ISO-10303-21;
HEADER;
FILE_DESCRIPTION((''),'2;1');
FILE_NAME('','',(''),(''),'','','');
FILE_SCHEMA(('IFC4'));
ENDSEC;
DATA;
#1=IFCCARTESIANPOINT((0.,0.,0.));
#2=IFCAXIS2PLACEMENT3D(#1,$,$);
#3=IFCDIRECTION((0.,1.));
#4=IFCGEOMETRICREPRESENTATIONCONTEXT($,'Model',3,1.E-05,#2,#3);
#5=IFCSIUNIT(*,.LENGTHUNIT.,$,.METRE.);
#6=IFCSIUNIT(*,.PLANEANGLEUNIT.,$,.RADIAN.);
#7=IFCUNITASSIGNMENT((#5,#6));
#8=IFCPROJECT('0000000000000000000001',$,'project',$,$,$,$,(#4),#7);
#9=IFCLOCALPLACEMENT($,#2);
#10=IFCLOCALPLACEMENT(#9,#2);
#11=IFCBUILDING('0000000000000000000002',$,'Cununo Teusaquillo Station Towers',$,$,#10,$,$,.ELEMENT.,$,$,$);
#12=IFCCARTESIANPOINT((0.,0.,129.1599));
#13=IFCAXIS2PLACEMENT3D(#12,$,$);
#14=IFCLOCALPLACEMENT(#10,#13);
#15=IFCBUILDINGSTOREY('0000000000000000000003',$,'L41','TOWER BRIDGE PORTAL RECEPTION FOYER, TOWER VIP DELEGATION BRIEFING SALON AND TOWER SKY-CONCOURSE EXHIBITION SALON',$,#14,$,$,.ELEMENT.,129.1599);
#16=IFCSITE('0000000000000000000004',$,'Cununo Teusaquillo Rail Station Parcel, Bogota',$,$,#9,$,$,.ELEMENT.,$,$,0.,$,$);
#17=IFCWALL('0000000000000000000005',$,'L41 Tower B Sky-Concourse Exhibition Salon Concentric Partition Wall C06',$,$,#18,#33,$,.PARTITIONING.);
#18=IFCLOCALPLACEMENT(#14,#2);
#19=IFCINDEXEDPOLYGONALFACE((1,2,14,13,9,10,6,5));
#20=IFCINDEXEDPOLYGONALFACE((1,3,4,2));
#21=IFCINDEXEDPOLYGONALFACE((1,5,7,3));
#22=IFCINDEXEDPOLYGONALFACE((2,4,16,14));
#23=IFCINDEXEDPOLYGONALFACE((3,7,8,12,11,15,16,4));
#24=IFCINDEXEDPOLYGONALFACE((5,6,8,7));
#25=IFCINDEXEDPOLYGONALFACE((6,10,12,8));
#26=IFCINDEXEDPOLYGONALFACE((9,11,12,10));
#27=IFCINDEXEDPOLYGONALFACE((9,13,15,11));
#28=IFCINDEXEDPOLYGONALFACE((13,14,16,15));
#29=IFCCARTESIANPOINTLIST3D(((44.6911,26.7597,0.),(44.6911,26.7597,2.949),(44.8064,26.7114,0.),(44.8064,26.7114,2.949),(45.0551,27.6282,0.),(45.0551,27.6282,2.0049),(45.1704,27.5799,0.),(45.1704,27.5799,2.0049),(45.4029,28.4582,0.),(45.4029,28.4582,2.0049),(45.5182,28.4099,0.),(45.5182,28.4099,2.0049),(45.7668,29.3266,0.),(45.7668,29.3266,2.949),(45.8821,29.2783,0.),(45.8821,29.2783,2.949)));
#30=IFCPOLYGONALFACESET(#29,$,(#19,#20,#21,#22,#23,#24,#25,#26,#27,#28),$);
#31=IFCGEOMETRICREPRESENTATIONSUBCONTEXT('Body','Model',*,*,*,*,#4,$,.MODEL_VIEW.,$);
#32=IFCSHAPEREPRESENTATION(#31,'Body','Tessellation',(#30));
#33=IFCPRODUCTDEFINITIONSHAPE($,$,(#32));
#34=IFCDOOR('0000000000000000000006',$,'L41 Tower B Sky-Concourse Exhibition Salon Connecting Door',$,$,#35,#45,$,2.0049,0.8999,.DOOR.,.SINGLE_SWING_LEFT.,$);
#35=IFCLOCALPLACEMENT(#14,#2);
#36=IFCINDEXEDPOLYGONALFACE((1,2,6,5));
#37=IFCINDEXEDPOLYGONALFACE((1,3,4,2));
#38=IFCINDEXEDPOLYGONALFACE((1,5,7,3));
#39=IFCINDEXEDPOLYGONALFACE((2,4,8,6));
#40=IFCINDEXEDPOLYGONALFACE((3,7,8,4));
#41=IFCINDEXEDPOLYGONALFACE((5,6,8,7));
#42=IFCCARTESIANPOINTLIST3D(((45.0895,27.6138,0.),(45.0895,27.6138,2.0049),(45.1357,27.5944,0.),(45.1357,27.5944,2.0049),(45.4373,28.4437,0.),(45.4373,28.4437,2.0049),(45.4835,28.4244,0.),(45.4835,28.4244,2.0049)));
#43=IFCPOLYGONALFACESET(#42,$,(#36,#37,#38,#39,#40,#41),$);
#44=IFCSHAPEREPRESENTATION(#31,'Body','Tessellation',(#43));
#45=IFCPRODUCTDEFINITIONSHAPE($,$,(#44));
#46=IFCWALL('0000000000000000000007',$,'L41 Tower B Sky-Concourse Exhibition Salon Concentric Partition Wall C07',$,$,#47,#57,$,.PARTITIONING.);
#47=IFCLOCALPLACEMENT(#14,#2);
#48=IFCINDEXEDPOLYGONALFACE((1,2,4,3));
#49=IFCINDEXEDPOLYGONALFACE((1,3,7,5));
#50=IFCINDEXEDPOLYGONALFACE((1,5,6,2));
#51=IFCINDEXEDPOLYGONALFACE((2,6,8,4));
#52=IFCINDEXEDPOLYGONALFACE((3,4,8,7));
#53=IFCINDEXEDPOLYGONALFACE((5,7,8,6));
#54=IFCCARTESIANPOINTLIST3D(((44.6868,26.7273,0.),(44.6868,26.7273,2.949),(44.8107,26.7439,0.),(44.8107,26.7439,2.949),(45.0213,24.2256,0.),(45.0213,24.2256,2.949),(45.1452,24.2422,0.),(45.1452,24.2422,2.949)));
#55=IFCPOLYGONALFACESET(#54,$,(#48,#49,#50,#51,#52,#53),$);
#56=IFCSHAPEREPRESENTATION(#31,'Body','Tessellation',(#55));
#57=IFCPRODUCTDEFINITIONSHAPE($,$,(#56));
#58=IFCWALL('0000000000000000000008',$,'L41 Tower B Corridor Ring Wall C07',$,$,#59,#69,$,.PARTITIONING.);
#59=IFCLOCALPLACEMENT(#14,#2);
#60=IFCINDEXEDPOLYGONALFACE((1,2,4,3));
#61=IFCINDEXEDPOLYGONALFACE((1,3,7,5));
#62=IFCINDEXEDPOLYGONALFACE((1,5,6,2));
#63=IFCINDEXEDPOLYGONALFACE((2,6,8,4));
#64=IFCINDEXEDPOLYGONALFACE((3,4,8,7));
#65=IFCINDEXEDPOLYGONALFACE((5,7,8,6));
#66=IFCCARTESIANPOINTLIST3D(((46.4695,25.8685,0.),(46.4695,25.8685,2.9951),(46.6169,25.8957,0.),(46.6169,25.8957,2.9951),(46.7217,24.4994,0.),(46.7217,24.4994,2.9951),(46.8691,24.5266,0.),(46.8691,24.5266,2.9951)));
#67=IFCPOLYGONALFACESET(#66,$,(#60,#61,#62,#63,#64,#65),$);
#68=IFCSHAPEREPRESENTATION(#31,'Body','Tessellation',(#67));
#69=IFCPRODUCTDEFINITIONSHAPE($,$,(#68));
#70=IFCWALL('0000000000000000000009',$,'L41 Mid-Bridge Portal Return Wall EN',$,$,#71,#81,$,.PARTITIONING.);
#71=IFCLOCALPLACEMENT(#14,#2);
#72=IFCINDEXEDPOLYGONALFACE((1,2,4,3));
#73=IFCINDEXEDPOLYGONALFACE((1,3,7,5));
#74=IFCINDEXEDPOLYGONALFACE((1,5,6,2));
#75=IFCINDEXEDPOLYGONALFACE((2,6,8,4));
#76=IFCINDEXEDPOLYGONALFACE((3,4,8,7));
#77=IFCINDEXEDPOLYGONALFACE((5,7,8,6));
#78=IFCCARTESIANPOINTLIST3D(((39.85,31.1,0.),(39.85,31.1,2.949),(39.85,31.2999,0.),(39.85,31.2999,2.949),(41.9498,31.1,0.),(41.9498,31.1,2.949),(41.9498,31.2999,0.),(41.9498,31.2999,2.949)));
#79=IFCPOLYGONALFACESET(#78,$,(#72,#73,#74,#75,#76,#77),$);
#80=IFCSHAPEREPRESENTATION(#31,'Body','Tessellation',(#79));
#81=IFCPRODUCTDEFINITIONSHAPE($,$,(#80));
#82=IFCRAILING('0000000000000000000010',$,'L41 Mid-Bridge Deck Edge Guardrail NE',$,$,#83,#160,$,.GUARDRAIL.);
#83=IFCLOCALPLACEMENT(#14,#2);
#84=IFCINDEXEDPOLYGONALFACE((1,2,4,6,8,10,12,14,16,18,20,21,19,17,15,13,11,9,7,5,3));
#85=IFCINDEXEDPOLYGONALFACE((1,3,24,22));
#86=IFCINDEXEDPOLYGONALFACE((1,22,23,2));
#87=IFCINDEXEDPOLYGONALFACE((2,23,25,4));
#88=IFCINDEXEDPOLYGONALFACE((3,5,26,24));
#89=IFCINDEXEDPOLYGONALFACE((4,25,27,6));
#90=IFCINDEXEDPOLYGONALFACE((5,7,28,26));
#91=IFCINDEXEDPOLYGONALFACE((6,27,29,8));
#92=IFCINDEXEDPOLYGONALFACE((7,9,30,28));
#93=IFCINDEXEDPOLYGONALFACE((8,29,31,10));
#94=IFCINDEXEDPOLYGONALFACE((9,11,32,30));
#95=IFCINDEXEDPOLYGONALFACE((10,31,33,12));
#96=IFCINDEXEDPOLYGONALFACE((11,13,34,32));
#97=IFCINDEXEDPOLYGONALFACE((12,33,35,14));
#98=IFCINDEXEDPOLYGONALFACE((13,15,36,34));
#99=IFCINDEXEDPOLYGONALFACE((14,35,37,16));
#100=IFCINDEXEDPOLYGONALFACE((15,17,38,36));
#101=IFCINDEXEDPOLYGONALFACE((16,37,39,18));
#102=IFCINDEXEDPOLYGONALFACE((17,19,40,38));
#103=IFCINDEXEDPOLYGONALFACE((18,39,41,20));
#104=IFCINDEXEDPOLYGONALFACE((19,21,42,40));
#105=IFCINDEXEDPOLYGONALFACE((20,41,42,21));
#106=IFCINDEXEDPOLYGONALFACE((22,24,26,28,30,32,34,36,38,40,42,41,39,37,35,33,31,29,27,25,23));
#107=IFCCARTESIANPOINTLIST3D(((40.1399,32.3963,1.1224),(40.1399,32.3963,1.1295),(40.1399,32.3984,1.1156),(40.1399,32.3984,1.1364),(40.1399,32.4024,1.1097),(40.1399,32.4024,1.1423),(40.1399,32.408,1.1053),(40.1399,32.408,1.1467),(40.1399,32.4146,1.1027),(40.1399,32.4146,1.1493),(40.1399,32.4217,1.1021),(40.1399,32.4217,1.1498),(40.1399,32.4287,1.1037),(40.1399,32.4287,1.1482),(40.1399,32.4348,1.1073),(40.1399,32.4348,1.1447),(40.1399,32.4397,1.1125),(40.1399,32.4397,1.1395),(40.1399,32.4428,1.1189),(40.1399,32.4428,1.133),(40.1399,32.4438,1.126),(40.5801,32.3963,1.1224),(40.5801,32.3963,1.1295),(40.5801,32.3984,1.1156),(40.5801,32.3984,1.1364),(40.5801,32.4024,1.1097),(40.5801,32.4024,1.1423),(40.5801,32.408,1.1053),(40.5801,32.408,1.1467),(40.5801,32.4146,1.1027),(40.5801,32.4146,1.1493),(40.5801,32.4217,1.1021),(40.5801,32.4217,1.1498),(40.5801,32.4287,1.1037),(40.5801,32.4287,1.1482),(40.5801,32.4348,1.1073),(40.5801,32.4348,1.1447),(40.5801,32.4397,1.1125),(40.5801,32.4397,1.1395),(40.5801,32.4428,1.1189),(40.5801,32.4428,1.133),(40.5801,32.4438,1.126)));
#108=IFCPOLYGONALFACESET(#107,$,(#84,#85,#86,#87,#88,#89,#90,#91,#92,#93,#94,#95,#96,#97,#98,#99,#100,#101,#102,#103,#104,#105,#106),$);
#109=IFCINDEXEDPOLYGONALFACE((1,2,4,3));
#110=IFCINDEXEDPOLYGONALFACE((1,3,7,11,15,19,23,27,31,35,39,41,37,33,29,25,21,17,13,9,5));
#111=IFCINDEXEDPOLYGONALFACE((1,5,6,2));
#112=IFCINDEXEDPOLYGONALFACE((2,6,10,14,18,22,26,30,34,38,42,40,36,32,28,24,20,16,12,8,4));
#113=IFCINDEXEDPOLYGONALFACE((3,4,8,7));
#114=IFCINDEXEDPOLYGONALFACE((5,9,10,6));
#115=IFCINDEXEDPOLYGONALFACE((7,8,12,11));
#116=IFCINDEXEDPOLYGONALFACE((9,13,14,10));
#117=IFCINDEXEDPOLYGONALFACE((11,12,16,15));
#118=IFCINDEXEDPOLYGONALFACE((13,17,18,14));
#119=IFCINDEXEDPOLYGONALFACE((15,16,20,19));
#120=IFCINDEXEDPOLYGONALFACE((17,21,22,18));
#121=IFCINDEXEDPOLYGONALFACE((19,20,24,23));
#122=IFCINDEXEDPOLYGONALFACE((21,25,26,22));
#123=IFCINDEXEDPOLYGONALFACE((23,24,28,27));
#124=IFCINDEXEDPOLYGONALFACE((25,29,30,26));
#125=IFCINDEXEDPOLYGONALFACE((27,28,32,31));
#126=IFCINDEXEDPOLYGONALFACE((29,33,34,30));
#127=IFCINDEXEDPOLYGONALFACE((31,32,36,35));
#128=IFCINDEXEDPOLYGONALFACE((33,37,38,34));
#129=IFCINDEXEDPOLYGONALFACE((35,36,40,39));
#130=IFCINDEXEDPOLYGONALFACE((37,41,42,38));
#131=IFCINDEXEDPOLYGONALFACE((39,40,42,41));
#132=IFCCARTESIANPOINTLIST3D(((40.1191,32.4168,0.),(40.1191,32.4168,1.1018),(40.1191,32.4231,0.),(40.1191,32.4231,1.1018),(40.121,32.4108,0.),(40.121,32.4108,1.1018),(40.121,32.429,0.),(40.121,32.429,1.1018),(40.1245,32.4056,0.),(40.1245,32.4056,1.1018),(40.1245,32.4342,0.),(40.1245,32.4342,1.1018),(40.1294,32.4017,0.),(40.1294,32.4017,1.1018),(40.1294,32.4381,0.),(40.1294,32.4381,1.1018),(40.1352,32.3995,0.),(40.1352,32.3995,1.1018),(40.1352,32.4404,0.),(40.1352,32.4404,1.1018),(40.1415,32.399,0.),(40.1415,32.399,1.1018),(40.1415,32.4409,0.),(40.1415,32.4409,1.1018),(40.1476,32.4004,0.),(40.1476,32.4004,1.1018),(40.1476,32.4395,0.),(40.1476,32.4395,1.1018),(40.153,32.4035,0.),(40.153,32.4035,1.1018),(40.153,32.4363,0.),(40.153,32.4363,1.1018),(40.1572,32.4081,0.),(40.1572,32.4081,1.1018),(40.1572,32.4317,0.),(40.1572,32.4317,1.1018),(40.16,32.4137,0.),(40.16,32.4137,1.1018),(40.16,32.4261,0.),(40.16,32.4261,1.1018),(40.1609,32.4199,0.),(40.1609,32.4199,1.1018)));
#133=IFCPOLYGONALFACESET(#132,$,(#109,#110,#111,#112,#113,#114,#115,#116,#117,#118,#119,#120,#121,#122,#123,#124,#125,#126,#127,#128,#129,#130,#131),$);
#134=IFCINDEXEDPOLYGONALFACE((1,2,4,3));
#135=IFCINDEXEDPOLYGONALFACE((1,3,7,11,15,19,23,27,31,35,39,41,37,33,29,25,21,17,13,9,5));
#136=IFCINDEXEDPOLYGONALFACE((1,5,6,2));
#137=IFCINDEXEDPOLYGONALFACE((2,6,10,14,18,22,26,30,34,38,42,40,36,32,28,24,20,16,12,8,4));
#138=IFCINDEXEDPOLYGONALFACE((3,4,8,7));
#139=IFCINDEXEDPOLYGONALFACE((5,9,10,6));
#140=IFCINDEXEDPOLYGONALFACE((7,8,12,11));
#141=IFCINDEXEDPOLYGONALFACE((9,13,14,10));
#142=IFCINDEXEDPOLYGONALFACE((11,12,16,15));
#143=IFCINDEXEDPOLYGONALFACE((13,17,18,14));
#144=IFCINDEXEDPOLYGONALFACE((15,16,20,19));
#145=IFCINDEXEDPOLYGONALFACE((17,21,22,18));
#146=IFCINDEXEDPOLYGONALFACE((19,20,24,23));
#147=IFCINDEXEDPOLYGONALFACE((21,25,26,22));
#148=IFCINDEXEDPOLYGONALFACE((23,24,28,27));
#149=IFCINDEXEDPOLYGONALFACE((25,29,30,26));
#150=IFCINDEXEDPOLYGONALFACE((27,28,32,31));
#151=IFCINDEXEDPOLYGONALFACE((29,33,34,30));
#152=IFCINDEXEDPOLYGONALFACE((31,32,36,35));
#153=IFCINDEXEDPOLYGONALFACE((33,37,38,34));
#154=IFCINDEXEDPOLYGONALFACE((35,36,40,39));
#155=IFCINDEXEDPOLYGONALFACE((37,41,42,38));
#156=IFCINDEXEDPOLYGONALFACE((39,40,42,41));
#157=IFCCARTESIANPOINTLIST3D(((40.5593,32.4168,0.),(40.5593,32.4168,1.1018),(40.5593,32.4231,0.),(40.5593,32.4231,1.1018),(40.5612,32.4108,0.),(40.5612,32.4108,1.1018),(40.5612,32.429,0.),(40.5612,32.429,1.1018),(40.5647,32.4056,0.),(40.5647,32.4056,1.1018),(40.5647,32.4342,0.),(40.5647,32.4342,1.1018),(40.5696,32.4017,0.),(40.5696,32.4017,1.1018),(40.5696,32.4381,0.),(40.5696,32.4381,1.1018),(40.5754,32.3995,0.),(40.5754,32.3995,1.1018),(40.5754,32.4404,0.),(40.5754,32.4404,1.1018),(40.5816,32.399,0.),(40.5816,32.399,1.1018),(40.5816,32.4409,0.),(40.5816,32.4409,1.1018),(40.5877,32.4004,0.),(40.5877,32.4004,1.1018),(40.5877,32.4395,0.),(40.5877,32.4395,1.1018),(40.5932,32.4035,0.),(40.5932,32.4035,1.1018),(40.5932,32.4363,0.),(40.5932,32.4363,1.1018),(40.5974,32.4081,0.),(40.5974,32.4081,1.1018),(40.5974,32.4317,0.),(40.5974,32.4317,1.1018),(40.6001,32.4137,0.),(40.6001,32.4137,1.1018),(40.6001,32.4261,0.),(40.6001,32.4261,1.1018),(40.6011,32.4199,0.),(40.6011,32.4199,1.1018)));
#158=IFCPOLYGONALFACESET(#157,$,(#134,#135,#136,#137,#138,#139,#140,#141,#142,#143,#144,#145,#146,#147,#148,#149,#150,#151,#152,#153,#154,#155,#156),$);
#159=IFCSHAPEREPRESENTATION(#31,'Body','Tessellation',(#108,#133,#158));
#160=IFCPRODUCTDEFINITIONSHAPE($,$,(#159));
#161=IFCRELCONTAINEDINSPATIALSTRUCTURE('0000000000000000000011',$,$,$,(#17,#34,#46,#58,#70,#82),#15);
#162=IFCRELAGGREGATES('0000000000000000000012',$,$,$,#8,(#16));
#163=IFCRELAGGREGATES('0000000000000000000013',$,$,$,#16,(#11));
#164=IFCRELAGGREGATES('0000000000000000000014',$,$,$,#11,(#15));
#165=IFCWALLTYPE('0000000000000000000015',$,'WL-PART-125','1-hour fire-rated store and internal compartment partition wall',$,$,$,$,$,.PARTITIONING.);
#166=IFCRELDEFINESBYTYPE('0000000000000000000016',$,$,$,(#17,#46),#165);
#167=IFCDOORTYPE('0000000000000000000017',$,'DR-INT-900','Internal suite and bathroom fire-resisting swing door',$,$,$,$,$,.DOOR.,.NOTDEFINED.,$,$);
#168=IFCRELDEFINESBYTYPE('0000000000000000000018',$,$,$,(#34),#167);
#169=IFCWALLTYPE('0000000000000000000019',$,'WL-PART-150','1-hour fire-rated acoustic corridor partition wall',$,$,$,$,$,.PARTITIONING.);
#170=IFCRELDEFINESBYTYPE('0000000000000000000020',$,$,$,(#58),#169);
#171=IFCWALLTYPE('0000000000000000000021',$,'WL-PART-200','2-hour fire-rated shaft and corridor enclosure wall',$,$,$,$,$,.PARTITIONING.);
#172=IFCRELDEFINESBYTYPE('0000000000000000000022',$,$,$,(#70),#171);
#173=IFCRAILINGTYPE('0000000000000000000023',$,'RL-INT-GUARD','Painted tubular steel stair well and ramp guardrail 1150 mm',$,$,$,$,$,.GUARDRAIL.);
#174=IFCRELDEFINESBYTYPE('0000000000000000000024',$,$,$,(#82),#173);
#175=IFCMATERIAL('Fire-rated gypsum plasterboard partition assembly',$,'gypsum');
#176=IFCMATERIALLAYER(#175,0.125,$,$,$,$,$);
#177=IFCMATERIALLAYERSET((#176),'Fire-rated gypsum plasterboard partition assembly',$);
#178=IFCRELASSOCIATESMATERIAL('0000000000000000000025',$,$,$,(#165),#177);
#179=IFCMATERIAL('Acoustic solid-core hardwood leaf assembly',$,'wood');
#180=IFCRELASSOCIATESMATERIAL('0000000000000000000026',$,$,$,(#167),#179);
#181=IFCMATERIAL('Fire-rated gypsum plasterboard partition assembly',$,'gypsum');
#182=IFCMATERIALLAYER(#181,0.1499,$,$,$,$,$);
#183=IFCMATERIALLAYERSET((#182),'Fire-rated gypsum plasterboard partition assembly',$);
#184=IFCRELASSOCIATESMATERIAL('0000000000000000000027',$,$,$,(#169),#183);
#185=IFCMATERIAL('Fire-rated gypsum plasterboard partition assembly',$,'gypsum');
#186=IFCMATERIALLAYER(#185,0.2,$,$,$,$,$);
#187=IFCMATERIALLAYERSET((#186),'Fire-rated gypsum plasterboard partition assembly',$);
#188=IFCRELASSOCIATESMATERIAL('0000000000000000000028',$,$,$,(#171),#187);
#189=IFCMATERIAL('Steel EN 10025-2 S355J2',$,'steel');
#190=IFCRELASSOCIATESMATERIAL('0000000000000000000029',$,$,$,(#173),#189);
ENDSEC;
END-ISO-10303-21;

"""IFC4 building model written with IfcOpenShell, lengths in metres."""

from ifc_helpers import new_model, si_unit, direction, frame, frame_2d, origin, origin_2d, place, context, subcontext, project, spatial, rectangle, circle, extrude, source, transform, mapped, material, layer, layer_set, type_object, element, fill, save


model = new_model("IFC4")

# Units and contexts
model_context = context("Model", 3, precision=1e-05, world=origin(), true_north=direction((0.0, 1.0)))
body_context = subcontext(model_context, "Body", "Model", "MODEL_VIEW")
ifc_project = project(units=[si_unit("LENGTHUNIT", "METRE"), si_unit("PLANEANGLEUNIT", "RADIAN")], contexts=[model_context])

# Site, building, storey
site_placement = place(None, origin())
site = spatial("IfcSite", under=ifc_project, at=site_placement, Name="Cununo Teusaquillo Rail Station Parcel, Bogota", CompositionType="ELEMENT", RefElevation=0.0)
building_placement = place(site_placement, origin())
building = spatial("IfcBuilding", under=site, at=building_placement, Name="Cununo Teusaquillo Station Towers", CompositionType="ELEMENT")
storey_placement = place(building_placement, frame((0.0, 0.0, 129.1599)))
storey = spatial("IfcBuildingStorey", under=building, at=storey_placement, Name="L41", Description="TOWER BRIDGE PORTAL RECEPTION FOYER, TOWER VIP DELEGATION BRIEFING SALON AND TOWER SKY-CONCOURSE EXHIBITION SALON", CompositionType="ELEMENT", Elevation=129.1599)

# Wall, opening, door
ifc_material_1 = material(Name="Fire-rated gypsum plasterboard partition assembly", Category="gypsum")
ifc_layer_1 = layer(ifc_material_1, 0.125)
ifc_layer_set_1 = layer_set([ifc_layer_1], Name="Fire-rated gypsum plasterboard partition assembly")
wall_type_1 = type_object("IfcWallType", Name="WL-PART-125", Description="1-hour fire-rated store and internal compartment partition wall", PredefinedType="PARTITIONING", material=ifc_layer_set_1)
wall_1_placement = place(storey_placement, frame((45.8245, 29.3025, 0.0), z_axis=(0.0, 0.0, 1.0), x_axis=(-0.386496, -0.922291, 0.0)))
wall_1 = element("IfcWall", 1, at=wall_1_placement, inside=storey, type_object=wall_type_1, Name="L41 Tower B Sky-Concourse Exhibition Salon Concentric Partition Wall C06", PredefinedType="PARTITIONING", context=body_context, shape_type="SweptSolid", body=[
    extrude(rectangle(XDim=2.7832, YDim=0.125, at=frame_2d((1.3916, 0.0))), origin(), (0.0, 0.0, 1.0), 2.949),
])
shared_shape_1 = source(origin(), body_context, "Body", "SweptSolid", [
    extrude(rectangle(XDim=0.8999, YDim=2.0049, at=frame_2d((0.45, 1.0024))), frame((0.0, 0.0725, 0.0), z_axis=(0.0, -1.0, 0.0), x_axis=(1.0, 0.0, 0.0)), (0.0, 0.0, 1.0), 0.145),
])
opening_1_placement = place(wall_1_placement, frame((0.9417, 0.0, 0.0)))
opening_1 = element("IfcOpeningElement", 2, at=opening_1_placement, cuts=wall_1, PredefinedType="OPENING", context=body_context, shape_type="MappedRepresentation", body=[
    mapped(shared_shape_1, transform((0.0, 0.0, 0.0), x_axis=(1.0, 0.0, 0.0), y_axis=(0.0, 1.0, 0.0), z_axis=(0.0, 0.0, 1.0), scale=1.0)),
])
ifc_material_2 = material(Name="Acoustic solid-core hardwood leaf assembly", Category="wood")
door_type = type_object("IfcDoorType", Name="DR-INT-900", Description="Internal suite and bathroom fire-resisting swing door", OperationType="NOTDEFINED", PredefinedType="DOOR", material=ifc_material_2)
shared_shape_2 = source(origin(), body_context, "Body", "SweptSolid", [
    extrude(rectangle(XDim=0.8999, YDim=2.0049, at=frame_2d((0.45, 1.0024))), frame((0.0, 0.0249, 0.0), z_axis=(0.0, -1.0, 0.0), x_axis=(1.0, 0.0, 0.0)), (0.0, 0.0, 1.0), 0.05),
])
door_placement = place(opening_1_placement, origin())
door = element("IfcDoor", 3, at=door_placement, inside=storey, type_object=door_type, Name="L41 Tower B Sky-Concourse Exhibition Salon Connecting Door", OperationType="SINGLE_SWING_LEFT", OverallHeight=2.0049, OverallWidth=0.8999, PredefinedType="DOOR", context=body_context, shape_type="MappedRepresentation", body=[
    mapped(shared_shape_2, transform((0.0, 0.0, 0.0), x_axis=(1.0, 0.0, 0.0), y_axis=(0.0, 1.0, 0.0), z_axis=(0.0, 0.0, 1.0), scale=1.0)),
])
fill(opening_1, door)

# Walls
wall_2_placement = place(storey_placement, frame((44.7488, 26.7356, 0.0), z_axis=(0.0, 0.0, 1.0), x_axis=(0.132519, -0.991181, 0.0)))
element("IfcWall", 4, at=wall_2_placement, inside=storey, type_object=wall_type_1, Name="L41 Tower B Sky-Concourse Exhibition Salon Concentric Partition Wall C07", PredefinedType="PARTITIONING", context=body_context, shape_type="SweptSolid", body=[
    extrude(rectangle(XDim=2.5239, YDim=0.125, at=frame_2d((1.262, 0.0))), origin(), (0.0, 0.0, 1.0), 2.949),
])
ifc_material_3 = material(Name="Fire-rated gypsum plasterboard partition assembly", Category="gypsum")
ifc_layer_2 = layer(ifc_material_3, 0.1499)
ifc_layer_set_2 = layer_set([ifc_layer_2], Name="Fire-rated gypsum plasterboard partition assembly")
wall_type_2 = type_object("IfcWallType", Name="WL-PART-150", Description="1-hour fire-rated acoustic corridor partition wall", PredefinedType="PARTITIONING", material=ifc_layer_set_2)
wall_3_placement = place(storey_placement, frame((46.5432, 25.8821, 0.0), z_axis=(0.0, 0.0, 1.0), x_axis=(0.181154, -0.983455, 0.0)))
element("IfcWall", 5, at=wall_3_placement, inside=storey, type_object=wall_type_2, Name="L41 Tower B Corridor Ring Wall C07", PredefinedType="PARTITIONING", context=body_context, shape_type="SweptSolid", body=[
    extrude(rectangle(XDim=1.3921, YDim=0.1499, at=frame_2d((0.696, 0.0))), origin(), (0.0, 0.0, 1.0), 2.9951),
])
ifc_material_4 = material(Name="Fire-rated gypsum plasterboard partition assembly", Category="gypsum")
ifc_layer_3 = layer(ifc_material_4, 0.2)
ifc_layer_set_3 = layer_set([ifc_layer_3], Name="Fire-rated gypsum plasterboard partition assembly")
wall_type_3 = type_object("IfcWallType", Name="WL-PART-200", Description="2-hour fire-rated shaft and corridor enclosure wall", PredefinedType="PARTITIONING", material=ifc_layer_set_3)
wall_4_placement = place(storey_placement, frame((39.8501, 31.2, 0.0), z_axis=(0.0, 0.0, 1.0), x_axis=(1.0, 0.0, 0.0)))
element("IfcWall", 6, at=wall_4_placement, inside=storey, type_object=wall_type_3, Name="L41 Mid-Bridge Portal Return Wall EN", PredefinedType="PARTITIONING", context=body_context, shape_type="SweptSolid", body=[
    extrude(rectangle(XDim=2.0999, YDim=0.2, at=frame_2d((1.0498, 0.0))), origin(), (0.0, 0.0, 1.0), 2.949),
])

# Railing
ifc_material_5 = material(Name="Steel EN 10025-2 S355J2", Category="steel")
railing_type = type_object("IfcRailingType", Name="RL-INT-GUARD", Description="Painted tubular steel stair well and ramp guardrail 1150 mm", PredefinedType="GUARDRAIL", material=ifc_material_5)
railing_placement = place(storey_placement, frame((40.1399, 32.4199, 0.0)))
element("IfcRailing", 7, at=railing_placement, inside=storey, type_object=railing_type, Name="L41 Mid-Bridge Deck Edge Guardrail NE", PredefinedType="GUARDRAIL", context=body_context, shape_type="SweptSolid", body=[
    extrude(circle(Radius=0.0239, at=origin_2d()), frame((0.0, 0.0, 1.126), z_axis=(1.0, 0.0, 0.0), x_axis=(0.0, 1.0, 0.0)), (0.0, 0.0, 1.0), 0.4402),
    extrude(circle(Radius=0.021, at=origin_2d()), origin(), (0.0, 0.0, 1.0), 1.1018),
    extrude(circle(Radius=0.021, at=origin_2d()), frame((0.4402, 0.0, 0.0)), (0.0, 0.0, 1.0), 1.1018),
])

save(model, "model.ifc")
